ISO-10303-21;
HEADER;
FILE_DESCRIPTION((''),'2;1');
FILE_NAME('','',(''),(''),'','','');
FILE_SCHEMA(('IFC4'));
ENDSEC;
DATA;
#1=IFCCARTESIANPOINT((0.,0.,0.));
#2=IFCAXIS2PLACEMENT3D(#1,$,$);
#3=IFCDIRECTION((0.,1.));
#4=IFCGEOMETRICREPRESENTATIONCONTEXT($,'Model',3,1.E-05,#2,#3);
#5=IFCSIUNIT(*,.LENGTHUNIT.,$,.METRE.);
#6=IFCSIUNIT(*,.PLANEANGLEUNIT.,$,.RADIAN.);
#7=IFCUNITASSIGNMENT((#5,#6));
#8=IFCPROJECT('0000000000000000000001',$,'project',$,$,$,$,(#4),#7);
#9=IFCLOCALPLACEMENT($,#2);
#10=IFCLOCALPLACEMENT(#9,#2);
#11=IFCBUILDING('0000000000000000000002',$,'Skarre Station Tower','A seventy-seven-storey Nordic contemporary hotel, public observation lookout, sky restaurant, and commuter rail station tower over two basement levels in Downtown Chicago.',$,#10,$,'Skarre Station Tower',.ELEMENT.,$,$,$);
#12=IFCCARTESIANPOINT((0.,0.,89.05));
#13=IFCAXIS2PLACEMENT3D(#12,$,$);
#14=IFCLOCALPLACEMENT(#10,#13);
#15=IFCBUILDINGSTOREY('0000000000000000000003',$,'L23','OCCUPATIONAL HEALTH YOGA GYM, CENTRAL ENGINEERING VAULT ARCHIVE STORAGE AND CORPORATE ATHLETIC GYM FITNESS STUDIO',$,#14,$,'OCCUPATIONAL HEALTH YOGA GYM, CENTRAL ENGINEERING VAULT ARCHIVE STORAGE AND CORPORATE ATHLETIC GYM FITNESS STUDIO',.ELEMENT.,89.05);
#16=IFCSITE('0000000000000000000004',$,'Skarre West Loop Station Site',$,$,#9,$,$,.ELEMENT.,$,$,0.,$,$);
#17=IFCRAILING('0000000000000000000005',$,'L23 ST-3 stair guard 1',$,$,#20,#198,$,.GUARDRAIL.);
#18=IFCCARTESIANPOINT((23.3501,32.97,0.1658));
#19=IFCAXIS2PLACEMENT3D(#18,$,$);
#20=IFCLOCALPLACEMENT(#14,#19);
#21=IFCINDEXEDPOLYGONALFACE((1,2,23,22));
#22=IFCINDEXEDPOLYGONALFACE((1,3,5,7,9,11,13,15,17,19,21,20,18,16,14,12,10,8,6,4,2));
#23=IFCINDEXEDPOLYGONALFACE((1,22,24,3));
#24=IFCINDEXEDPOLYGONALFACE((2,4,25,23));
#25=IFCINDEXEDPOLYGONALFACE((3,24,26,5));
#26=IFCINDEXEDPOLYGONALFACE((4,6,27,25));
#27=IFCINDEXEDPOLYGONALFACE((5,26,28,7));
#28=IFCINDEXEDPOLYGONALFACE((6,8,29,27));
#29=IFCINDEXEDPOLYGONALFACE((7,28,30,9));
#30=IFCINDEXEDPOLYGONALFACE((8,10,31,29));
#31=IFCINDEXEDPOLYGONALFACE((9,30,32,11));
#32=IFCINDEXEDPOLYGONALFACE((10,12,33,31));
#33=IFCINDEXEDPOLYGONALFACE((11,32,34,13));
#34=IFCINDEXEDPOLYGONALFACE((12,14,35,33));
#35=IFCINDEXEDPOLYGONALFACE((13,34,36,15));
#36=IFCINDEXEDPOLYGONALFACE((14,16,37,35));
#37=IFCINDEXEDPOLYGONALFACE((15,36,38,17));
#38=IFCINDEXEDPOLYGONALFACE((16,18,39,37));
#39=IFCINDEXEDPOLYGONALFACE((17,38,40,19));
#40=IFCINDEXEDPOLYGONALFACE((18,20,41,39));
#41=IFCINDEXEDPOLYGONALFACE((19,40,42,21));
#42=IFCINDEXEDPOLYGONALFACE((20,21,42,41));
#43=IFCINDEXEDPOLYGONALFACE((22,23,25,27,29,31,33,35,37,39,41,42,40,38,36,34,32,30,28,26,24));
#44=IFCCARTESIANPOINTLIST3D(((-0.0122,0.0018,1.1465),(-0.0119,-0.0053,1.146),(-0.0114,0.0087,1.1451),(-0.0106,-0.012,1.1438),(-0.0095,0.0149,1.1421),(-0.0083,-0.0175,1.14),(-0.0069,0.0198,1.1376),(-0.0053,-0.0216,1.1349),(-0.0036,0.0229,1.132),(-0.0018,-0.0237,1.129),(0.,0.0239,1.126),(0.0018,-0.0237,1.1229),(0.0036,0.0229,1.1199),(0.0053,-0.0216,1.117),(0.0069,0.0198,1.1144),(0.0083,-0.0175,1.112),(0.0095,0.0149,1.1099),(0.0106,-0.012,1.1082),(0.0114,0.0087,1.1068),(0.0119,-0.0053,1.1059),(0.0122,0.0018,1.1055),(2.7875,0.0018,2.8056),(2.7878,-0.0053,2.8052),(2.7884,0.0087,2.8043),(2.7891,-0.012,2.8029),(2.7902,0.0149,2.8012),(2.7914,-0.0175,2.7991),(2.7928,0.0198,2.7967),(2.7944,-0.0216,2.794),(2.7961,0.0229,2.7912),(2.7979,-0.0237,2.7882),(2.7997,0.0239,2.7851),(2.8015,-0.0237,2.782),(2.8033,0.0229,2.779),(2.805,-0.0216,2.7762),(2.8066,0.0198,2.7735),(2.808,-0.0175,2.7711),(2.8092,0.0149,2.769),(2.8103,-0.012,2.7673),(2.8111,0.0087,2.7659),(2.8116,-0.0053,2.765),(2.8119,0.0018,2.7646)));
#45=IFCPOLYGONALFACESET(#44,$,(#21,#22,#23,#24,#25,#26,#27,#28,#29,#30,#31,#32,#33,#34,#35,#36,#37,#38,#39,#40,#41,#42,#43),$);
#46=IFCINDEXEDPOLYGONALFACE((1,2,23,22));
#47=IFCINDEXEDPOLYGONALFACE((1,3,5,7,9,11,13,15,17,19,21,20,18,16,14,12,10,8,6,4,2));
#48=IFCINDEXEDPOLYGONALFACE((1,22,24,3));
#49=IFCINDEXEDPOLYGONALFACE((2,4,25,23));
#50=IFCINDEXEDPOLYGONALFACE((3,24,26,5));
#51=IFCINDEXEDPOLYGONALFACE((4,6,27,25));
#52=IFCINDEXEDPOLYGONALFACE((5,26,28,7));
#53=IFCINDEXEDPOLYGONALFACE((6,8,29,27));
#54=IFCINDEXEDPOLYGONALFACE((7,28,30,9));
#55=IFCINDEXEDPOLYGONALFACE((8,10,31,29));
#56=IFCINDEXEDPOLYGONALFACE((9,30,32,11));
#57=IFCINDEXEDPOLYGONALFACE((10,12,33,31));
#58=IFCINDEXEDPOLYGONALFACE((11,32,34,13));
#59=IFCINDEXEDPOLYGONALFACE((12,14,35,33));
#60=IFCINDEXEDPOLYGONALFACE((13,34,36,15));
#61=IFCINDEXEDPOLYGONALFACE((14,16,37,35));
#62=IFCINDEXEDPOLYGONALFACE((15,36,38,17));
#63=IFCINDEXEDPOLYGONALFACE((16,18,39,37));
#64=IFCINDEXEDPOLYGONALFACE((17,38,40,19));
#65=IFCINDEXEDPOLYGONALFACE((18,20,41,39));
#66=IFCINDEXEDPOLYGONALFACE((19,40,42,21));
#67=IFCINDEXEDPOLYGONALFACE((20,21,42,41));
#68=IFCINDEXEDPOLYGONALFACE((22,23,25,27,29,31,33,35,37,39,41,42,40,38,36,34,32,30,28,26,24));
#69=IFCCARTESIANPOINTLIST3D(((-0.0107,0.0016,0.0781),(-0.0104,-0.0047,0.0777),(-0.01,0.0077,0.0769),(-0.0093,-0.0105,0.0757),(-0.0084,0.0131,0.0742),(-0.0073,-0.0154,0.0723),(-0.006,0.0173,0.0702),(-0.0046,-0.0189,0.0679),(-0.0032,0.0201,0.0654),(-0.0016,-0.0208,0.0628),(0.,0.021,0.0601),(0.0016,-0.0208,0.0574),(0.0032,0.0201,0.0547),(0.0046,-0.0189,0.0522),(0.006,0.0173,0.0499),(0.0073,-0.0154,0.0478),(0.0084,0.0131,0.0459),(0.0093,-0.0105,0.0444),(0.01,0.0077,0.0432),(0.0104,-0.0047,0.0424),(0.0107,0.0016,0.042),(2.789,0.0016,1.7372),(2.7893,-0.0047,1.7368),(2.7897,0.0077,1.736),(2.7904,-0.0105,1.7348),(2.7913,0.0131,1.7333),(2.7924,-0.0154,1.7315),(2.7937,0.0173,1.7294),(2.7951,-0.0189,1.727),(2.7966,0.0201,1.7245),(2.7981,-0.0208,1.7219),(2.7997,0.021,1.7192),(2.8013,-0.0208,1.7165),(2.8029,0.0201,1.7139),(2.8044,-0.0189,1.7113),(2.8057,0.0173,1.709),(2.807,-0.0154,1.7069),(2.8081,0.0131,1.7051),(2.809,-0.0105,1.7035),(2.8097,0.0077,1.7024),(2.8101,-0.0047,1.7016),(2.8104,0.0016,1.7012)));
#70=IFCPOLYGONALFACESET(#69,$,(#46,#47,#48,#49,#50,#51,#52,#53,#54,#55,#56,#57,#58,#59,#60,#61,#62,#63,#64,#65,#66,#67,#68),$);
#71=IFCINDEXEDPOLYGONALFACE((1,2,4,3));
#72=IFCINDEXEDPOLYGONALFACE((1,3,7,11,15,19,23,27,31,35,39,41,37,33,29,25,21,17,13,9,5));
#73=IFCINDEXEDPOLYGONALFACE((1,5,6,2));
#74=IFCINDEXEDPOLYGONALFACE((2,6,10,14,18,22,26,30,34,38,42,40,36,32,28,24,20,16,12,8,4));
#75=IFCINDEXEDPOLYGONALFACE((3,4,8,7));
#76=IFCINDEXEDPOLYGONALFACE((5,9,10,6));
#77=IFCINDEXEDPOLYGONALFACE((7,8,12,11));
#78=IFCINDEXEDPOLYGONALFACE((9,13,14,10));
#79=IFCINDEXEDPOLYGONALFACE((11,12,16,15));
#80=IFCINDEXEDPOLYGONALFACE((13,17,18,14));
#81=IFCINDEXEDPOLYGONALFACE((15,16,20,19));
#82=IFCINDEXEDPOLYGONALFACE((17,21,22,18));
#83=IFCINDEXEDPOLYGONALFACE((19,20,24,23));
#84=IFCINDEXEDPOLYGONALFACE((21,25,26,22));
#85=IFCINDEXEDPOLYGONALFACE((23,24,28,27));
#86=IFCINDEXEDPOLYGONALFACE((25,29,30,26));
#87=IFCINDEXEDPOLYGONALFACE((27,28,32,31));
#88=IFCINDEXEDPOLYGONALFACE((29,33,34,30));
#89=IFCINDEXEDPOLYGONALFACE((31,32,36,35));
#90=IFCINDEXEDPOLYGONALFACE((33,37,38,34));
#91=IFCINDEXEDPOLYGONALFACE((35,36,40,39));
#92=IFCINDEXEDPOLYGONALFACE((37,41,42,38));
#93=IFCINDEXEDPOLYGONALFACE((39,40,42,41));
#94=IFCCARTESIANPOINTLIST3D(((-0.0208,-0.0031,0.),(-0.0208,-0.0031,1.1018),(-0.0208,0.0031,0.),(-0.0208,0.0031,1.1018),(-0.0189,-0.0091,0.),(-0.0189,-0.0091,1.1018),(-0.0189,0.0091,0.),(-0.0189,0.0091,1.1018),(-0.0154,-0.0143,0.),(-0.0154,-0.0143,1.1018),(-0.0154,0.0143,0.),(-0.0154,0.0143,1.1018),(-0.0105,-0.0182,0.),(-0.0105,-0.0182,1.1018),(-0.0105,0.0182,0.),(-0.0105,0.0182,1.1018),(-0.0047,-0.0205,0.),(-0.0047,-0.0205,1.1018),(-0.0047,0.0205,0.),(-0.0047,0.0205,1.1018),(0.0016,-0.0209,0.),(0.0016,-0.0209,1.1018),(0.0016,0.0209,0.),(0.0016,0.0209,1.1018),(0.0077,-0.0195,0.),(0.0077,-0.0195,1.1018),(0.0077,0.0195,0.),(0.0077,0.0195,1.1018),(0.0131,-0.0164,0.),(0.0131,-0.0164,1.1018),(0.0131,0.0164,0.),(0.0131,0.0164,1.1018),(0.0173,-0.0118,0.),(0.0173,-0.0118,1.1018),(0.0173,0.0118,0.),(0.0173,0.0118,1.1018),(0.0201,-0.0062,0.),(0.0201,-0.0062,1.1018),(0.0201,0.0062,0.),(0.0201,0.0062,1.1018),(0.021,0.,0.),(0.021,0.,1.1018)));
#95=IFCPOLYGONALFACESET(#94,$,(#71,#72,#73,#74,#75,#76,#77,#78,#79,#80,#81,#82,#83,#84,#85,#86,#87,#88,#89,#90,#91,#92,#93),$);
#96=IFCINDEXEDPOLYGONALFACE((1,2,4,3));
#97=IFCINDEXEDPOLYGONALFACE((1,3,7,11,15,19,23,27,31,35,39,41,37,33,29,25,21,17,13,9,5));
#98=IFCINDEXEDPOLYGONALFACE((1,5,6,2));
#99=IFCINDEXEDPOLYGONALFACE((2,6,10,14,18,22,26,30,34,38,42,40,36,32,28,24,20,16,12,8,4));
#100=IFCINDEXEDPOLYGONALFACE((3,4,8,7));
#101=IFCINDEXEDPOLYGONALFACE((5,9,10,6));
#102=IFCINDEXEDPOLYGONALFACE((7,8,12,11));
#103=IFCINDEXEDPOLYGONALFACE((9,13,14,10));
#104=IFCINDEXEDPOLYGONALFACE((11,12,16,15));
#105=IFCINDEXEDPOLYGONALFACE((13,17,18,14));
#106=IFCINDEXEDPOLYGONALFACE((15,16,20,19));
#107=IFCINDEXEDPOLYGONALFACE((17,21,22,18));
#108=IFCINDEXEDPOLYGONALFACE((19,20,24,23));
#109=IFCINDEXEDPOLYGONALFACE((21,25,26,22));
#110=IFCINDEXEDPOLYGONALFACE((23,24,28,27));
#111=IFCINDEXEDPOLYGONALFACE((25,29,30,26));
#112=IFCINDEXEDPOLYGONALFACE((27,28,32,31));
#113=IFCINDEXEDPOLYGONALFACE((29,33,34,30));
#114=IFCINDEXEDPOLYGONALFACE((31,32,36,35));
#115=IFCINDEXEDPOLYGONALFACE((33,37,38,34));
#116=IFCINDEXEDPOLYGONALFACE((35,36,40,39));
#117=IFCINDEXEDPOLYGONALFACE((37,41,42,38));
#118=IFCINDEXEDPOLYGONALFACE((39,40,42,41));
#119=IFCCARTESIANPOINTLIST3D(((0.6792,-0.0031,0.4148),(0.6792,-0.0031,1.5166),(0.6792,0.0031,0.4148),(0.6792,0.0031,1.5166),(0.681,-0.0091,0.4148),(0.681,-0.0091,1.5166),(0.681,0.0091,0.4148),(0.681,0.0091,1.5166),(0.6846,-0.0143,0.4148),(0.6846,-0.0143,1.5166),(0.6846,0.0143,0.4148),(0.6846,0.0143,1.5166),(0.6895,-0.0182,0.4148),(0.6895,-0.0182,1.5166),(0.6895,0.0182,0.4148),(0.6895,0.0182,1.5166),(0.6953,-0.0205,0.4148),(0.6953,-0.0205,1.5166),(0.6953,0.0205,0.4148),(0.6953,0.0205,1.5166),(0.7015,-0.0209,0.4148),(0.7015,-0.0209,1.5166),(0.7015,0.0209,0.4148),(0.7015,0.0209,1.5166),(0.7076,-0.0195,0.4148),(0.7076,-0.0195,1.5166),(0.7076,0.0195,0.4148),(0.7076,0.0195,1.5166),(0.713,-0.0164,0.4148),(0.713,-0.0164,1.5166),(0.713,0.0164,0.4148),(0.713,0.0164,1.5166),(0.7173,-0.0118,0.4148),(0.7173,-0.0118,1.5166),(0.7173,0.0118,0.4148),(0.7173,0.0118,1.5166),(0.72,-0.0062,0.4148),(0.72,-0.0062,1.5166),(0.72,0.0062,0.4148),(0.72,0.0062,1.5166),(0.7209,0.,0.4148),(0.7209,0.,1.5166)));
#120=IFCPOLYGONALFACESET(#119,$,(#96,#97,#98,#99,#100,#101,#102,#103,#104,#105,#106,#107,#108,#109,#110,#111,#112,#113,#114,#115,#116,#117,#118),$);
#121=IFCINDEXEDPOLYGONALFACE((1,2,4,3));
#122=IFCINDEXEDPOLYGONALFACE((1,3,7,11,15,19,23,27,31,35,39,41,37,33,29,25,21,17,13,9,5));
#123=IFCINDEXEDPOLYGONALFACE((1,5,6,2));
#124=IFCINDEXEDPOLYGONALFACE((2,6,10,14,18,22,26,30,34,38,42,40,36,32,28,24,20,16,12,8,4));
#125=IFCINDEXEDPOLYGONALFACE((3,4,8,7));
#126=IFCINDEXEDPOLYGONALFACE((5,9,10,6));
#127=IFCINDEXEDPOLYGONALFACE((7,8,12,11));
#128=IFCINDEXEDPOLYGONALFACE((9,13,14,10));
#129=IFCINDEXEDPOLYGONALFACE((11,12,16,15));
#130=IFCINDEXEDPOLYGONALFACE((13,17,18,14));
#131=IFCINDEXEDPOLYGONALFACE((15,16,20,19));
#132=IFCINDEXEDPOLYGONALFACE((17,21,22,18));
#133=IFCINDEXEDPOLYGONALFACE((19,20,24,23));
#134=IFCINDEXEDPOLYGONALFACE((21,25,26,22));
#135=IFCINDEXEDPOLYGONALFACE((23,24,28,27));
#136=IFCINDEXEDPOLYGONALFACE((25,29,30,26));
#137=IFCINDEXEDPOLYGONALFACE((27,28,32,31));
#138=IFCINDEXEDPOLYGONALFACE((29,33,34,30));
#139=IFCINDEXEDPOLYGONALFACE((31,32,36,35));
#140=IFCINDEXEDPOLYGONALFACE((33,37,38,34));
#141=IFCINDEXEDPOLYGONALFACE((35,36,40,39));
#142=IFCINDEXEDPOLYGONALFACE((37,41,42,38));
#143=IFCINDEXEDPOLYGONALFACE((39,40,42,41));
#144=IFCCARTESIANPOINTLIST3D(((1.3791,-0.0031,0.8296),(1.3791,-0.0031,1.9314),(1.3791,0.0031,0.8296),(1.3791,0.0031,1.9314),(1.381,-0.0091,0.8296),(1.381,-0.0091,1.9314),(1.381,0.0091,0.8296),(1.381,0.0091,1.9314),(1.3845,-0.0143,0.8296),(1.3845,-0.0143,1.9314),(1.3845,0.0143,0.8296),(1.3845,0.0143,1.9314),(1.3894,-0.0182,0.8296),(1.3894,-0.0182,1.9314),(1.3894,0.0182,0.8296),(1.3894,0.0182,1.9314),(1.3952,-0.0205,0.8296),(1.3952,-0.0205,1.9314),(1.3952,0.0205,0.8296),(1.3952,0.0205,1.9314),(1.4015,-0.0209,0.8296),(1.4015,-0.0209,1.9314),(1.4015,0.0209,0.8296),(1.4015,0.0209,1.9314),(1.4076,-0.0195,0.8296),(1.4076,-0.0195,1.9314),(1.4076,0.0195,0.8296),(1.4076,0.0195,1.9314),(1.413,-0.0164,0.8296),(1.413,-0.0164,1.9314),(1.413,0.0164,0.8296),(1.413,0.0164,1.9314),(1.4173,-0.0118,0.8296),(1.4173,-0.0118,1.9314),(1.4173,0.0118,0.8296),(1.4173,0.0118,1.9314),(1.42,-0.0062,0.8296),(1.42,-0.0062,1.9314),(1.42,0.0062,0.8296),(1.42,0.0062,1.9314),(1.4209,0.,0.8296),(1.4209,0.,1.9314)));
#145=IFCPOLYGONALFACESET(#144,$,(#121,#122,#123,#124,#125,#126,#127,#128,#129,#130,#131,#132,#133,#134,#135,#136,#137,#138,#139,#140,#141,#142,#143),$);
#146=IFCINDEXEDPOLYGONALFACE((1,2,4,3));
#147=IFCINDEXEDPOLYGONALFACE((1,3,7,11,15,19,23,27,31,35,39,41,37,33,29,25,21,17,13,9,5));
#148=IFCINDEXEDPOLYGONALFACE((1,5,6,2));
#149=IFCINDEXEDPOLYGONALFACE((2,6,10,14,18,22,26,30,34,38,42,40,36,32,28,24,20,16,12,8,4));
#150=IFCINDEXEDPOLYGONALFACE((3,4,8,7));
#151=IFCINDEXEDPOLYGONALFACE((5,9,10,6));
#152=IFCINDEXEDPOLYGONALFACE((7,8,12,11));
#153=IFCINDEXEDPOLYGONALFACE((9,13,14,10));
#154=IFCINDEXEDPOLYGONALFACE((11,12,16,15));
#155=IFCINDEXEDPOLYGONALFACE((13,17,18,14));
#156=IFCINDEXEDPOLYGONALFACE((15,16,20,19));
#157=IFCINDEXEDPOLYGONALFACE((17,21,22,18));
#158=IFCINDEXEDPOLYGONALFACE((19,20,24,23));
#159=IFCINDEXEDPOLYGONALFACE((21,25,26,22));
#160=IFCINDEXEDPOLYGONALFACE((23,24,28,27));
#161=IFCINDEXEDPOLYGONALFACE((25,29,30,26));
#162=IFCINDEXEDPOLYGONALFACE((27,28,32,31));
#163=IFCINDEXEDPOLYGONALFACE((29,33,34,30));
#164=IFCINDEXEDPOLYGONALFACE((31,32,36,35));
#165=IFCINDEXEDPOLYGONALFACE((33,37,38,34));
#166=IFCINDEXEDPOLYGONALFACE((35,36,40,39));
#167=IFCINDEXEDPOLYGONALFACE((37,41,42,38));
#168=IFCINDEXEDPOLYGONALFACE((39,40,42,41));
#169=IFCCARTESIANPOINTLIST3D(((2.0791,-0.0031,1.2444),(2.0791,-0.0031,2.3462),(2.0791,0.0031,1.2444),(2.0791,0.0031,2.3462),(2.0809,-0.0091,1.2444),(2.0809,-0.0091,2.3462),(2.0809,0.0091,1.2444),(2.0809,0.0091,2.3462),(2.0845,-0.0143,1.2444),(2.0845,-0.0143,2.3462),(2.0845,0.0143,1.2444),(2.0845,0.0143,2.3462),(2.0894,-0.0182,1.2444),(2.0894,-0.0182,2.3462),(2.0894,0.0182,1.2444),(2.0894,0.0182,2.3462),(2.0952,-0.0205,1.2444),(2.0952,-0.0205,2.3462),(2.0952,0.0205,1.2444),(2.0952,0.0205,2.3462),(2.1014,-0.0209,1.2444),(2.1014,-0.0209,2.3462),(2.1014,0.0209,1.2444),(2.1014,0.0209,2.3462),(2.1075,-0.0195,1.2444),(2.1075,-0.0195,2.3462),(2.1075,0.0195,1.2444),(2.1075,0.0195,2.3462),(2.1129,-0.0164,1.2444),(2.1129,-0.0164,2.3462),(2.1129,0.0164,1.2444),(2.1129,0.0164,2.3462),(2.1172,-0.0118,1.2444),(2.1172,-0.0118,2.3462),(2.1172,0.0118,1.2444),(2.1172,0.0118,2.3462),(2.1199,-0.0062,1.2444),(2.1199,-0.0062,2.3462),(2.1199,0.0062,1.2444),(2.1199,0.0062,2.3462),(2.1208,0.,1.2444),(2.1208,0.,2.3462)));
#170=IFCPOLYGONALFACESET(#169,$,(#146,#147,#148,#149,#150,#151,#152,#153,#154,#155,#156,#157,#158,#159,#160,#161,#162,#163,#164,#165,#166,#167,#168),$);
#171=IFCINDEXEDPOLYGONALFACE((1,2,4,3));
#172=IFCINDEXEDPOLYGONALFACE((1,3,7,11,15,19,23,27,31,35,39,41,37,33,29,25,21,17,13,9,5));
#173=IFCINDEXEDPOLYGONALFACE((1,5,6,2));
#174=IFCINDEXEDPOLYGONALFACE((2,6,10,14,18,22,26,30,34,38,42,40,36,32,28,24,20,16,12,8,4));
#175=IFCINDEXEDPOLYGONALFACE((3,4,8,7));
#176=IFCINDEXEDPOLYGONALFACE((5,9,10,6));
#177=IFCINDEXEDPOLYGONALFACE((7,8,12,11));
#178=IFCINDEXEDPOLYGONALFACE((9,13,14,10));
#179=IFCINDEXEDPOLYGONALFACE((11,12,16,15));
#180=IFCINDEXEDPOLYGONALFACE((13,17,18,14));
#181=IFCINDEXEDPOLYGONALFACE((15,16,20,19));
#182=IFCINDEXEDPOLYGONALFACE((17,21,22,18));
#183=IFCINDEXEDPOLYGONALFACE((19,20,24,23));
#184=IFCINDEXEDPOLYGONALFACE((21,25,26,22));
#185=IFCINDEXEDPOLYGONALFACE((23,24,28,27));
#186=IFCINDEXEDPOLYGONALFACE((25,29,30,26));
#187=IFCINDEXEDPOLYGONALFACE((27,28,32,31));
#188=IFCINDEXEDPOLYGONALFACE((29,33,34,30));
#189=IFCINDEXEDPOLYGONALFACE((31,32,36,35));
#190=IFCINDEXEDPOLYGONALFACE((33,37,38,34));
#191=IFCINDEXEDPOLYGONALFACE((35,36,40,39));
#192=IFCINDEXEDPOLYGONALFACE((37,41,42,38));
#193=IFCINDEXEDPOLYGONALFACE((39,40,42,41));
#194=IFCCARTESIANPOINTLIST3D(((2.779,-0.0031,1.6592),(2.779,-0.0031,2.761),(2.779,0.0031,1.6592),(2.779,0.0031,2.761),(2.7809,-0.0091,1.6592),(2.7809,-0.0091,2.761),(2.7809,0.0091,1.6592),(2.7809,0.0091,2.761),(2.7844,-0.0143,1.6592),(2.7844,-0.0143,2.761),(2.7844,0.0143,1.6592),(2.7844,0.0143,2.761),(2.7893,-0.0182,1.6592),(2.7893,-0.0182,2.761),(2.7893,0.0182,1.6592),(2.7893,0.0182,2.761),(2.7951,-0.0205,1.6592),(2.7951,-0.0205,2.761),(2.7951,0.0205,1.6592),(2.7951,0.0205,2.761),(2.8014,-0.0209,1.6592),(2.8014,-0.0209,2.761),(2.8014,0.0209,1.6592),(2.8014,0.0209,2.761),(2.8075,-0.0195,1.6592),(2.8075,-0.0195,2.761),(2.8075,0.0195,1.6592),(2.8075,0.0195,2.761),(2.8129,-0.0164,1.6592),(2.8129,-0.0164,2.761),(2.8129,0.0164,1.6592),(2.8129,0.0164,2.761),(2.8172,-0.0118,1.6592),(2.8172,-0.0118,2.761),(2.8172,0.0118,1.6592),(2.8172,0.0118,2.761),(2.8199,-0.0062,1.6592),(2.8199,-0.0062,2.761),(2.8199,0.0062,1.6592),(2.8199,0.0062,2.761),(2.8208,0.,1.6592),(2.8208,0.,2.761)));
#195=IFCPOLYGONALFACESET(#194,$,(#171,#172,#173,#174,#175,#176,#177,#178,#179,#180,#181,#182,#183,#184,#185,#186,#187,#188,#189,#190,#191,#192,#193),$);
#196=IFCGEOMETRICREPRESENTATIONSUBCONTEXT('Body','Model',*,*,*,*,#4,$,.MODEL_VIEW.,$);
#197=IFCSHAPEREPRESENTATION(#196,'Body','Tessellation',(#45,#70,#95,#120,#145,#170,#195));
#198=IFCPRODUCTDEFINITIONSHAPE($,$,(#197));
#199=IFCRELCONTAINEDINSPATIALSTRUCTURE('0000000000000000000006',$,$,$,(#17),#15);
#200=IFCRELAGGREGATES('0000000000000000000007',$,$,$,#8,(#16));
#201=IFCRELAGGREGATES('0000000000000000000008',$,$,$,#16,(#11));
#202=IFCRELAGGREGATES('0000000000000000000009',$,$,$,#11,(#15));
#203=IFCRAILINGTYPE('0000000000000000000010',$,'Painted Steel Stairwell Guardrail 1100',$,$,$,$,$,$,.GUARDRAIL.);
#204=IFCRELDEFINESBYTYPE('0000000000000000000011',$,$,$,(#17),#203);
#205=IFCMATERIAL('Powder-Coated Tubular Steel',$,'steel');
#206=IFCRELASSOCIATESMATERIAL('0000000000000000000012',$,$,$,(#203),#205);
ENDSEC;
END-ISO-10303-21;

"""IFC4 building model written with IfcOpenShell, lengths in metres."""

from ifc_helpers import new_model, si_unit, direction, frame, origin, origin_2d, place, context, subcontext, project, spatial, circle, extrude, material, type_object, element, save


model = new_model("IFC4")

# Units and contexts
model_context = context("Model", 3, precision=1e-05, world=origin(), true_north=direction((0.0, 1.0)))
body_context = subcontext(model_context, "Body", "Model", "MODEL_VIEW")
ifc_project = project(units=[si_unit("LENGTHUNIT", "METRE"), si_unit("PLANEANGLEUNIT", "RADIAN")], contexts=[model_context])

# Site, building, storey
site_placement = place(None, origin())
site = spatial("IfcSite", under=ifc_project, at=site_placement, Name="Skarre West Loop Station Site", CompositionType="ELEMENT", RefElevation=0.0)
building_placement = place(site_placement, origin())
building = spatial("IfcBuilding", under=site, at=building_placement, Name="Skarre Station Tower", Description="A seventy-seven-storey Nordic contemporary hotel, public observation lookout, sky restaurant, and commuter rail station tower over two basement levels in Downtown Chicago.", LongName="Skarre Station Tower", CompositionType="ELEMENT")
storey_placement = place(building_placement, frame((0.0, 0.0, 89.05)))
storey = spatial("IfcBuildingStorey", under=building, at=storey_placement, Name="L23", Description="OCCUPATIONAL HEALTH YOGA GYM, CENTRAL ENGINEERING VAULT ARCHIVE STORAGE AND CORPORATE ATHLETIC GYM FITNESS STUDIO", LongName="OCCUPATIONAL HEALTH YOGA GYM, CENTRAL ENGINEERING VAULT ARCHIVE STORAGE AND CORPORATE ATHLETIC GYM FITNESS STUDIO", CompositionType="ELEMENT", Elevation=89.05)

# Railing
ifc_material_1 = material(Name="Powder-Coated Tubular Steel", Category="steel")
railing_type_1 = type_object("IfcRailingType", Name="Painted Steel Stairwell Guardrail 1100", PredefinedType="GUARDRAIL", material=ifc_material_1)
railing_1_placement = place(storey_placement, frame((23.3501, 32.97, 0.1658)))
element("IfcRailing", 1, at=railing_1_placement, inside=storey, type_object=railing_type_1, Name="L23 ST-3 stair guard 1", PredefinedType="GUARDRAIL", context=body_context, shape_type="SweptSolid", body=[
    extrude(circle(Radius=0.0239, at=origin_2d()), frame((0.0, 0.0, 1.126), z_axis=(0.860287, 0.0, 0.509811), x_axis=(0.0, 1.0, 0.0)), (0.0, 0.0, 1.0), 3.2544),
    extrude(circle(Radius=0.021, at=origin_2d()), frame((0.0, 0.0, 0.0601), z_axis=(0.860287, 0.0, 0.509811), x_axis=(0.0, 1.0, 0.0)), (0.0, 0.0, 1.0), 3.2544),
    extrude(circle(Radius=0.021, at=origin_2d()), origin(), (0.0, 0.0, 1.0), 1.1018),
    extrude(circle(Radius=0.021, at=origin_2d()), frame((0.7, 0.0, 0.4148)), (0.0, 0.0, 1.0), 1.1018),
    extrude(circle(Radius=0.021, at=origin_2d()), frame((1.3999, 0.0, 0.8296)), (0.0, 0.0, 1.0), 1.1018),
    extrude(circle(Radius=0.021, at=origin_2d()), frame((2.0999, 0.0, 1.2444)), (0.0, 0.0, 1.0), 1.1018),
    extrude(circle(Radius=0.021, at=origin_2d()), frame((2.7998, 0.0, 1.6592)), (0.0, 0.0, 1.0), 1.1018),
])

save(model, "model.ifc")
